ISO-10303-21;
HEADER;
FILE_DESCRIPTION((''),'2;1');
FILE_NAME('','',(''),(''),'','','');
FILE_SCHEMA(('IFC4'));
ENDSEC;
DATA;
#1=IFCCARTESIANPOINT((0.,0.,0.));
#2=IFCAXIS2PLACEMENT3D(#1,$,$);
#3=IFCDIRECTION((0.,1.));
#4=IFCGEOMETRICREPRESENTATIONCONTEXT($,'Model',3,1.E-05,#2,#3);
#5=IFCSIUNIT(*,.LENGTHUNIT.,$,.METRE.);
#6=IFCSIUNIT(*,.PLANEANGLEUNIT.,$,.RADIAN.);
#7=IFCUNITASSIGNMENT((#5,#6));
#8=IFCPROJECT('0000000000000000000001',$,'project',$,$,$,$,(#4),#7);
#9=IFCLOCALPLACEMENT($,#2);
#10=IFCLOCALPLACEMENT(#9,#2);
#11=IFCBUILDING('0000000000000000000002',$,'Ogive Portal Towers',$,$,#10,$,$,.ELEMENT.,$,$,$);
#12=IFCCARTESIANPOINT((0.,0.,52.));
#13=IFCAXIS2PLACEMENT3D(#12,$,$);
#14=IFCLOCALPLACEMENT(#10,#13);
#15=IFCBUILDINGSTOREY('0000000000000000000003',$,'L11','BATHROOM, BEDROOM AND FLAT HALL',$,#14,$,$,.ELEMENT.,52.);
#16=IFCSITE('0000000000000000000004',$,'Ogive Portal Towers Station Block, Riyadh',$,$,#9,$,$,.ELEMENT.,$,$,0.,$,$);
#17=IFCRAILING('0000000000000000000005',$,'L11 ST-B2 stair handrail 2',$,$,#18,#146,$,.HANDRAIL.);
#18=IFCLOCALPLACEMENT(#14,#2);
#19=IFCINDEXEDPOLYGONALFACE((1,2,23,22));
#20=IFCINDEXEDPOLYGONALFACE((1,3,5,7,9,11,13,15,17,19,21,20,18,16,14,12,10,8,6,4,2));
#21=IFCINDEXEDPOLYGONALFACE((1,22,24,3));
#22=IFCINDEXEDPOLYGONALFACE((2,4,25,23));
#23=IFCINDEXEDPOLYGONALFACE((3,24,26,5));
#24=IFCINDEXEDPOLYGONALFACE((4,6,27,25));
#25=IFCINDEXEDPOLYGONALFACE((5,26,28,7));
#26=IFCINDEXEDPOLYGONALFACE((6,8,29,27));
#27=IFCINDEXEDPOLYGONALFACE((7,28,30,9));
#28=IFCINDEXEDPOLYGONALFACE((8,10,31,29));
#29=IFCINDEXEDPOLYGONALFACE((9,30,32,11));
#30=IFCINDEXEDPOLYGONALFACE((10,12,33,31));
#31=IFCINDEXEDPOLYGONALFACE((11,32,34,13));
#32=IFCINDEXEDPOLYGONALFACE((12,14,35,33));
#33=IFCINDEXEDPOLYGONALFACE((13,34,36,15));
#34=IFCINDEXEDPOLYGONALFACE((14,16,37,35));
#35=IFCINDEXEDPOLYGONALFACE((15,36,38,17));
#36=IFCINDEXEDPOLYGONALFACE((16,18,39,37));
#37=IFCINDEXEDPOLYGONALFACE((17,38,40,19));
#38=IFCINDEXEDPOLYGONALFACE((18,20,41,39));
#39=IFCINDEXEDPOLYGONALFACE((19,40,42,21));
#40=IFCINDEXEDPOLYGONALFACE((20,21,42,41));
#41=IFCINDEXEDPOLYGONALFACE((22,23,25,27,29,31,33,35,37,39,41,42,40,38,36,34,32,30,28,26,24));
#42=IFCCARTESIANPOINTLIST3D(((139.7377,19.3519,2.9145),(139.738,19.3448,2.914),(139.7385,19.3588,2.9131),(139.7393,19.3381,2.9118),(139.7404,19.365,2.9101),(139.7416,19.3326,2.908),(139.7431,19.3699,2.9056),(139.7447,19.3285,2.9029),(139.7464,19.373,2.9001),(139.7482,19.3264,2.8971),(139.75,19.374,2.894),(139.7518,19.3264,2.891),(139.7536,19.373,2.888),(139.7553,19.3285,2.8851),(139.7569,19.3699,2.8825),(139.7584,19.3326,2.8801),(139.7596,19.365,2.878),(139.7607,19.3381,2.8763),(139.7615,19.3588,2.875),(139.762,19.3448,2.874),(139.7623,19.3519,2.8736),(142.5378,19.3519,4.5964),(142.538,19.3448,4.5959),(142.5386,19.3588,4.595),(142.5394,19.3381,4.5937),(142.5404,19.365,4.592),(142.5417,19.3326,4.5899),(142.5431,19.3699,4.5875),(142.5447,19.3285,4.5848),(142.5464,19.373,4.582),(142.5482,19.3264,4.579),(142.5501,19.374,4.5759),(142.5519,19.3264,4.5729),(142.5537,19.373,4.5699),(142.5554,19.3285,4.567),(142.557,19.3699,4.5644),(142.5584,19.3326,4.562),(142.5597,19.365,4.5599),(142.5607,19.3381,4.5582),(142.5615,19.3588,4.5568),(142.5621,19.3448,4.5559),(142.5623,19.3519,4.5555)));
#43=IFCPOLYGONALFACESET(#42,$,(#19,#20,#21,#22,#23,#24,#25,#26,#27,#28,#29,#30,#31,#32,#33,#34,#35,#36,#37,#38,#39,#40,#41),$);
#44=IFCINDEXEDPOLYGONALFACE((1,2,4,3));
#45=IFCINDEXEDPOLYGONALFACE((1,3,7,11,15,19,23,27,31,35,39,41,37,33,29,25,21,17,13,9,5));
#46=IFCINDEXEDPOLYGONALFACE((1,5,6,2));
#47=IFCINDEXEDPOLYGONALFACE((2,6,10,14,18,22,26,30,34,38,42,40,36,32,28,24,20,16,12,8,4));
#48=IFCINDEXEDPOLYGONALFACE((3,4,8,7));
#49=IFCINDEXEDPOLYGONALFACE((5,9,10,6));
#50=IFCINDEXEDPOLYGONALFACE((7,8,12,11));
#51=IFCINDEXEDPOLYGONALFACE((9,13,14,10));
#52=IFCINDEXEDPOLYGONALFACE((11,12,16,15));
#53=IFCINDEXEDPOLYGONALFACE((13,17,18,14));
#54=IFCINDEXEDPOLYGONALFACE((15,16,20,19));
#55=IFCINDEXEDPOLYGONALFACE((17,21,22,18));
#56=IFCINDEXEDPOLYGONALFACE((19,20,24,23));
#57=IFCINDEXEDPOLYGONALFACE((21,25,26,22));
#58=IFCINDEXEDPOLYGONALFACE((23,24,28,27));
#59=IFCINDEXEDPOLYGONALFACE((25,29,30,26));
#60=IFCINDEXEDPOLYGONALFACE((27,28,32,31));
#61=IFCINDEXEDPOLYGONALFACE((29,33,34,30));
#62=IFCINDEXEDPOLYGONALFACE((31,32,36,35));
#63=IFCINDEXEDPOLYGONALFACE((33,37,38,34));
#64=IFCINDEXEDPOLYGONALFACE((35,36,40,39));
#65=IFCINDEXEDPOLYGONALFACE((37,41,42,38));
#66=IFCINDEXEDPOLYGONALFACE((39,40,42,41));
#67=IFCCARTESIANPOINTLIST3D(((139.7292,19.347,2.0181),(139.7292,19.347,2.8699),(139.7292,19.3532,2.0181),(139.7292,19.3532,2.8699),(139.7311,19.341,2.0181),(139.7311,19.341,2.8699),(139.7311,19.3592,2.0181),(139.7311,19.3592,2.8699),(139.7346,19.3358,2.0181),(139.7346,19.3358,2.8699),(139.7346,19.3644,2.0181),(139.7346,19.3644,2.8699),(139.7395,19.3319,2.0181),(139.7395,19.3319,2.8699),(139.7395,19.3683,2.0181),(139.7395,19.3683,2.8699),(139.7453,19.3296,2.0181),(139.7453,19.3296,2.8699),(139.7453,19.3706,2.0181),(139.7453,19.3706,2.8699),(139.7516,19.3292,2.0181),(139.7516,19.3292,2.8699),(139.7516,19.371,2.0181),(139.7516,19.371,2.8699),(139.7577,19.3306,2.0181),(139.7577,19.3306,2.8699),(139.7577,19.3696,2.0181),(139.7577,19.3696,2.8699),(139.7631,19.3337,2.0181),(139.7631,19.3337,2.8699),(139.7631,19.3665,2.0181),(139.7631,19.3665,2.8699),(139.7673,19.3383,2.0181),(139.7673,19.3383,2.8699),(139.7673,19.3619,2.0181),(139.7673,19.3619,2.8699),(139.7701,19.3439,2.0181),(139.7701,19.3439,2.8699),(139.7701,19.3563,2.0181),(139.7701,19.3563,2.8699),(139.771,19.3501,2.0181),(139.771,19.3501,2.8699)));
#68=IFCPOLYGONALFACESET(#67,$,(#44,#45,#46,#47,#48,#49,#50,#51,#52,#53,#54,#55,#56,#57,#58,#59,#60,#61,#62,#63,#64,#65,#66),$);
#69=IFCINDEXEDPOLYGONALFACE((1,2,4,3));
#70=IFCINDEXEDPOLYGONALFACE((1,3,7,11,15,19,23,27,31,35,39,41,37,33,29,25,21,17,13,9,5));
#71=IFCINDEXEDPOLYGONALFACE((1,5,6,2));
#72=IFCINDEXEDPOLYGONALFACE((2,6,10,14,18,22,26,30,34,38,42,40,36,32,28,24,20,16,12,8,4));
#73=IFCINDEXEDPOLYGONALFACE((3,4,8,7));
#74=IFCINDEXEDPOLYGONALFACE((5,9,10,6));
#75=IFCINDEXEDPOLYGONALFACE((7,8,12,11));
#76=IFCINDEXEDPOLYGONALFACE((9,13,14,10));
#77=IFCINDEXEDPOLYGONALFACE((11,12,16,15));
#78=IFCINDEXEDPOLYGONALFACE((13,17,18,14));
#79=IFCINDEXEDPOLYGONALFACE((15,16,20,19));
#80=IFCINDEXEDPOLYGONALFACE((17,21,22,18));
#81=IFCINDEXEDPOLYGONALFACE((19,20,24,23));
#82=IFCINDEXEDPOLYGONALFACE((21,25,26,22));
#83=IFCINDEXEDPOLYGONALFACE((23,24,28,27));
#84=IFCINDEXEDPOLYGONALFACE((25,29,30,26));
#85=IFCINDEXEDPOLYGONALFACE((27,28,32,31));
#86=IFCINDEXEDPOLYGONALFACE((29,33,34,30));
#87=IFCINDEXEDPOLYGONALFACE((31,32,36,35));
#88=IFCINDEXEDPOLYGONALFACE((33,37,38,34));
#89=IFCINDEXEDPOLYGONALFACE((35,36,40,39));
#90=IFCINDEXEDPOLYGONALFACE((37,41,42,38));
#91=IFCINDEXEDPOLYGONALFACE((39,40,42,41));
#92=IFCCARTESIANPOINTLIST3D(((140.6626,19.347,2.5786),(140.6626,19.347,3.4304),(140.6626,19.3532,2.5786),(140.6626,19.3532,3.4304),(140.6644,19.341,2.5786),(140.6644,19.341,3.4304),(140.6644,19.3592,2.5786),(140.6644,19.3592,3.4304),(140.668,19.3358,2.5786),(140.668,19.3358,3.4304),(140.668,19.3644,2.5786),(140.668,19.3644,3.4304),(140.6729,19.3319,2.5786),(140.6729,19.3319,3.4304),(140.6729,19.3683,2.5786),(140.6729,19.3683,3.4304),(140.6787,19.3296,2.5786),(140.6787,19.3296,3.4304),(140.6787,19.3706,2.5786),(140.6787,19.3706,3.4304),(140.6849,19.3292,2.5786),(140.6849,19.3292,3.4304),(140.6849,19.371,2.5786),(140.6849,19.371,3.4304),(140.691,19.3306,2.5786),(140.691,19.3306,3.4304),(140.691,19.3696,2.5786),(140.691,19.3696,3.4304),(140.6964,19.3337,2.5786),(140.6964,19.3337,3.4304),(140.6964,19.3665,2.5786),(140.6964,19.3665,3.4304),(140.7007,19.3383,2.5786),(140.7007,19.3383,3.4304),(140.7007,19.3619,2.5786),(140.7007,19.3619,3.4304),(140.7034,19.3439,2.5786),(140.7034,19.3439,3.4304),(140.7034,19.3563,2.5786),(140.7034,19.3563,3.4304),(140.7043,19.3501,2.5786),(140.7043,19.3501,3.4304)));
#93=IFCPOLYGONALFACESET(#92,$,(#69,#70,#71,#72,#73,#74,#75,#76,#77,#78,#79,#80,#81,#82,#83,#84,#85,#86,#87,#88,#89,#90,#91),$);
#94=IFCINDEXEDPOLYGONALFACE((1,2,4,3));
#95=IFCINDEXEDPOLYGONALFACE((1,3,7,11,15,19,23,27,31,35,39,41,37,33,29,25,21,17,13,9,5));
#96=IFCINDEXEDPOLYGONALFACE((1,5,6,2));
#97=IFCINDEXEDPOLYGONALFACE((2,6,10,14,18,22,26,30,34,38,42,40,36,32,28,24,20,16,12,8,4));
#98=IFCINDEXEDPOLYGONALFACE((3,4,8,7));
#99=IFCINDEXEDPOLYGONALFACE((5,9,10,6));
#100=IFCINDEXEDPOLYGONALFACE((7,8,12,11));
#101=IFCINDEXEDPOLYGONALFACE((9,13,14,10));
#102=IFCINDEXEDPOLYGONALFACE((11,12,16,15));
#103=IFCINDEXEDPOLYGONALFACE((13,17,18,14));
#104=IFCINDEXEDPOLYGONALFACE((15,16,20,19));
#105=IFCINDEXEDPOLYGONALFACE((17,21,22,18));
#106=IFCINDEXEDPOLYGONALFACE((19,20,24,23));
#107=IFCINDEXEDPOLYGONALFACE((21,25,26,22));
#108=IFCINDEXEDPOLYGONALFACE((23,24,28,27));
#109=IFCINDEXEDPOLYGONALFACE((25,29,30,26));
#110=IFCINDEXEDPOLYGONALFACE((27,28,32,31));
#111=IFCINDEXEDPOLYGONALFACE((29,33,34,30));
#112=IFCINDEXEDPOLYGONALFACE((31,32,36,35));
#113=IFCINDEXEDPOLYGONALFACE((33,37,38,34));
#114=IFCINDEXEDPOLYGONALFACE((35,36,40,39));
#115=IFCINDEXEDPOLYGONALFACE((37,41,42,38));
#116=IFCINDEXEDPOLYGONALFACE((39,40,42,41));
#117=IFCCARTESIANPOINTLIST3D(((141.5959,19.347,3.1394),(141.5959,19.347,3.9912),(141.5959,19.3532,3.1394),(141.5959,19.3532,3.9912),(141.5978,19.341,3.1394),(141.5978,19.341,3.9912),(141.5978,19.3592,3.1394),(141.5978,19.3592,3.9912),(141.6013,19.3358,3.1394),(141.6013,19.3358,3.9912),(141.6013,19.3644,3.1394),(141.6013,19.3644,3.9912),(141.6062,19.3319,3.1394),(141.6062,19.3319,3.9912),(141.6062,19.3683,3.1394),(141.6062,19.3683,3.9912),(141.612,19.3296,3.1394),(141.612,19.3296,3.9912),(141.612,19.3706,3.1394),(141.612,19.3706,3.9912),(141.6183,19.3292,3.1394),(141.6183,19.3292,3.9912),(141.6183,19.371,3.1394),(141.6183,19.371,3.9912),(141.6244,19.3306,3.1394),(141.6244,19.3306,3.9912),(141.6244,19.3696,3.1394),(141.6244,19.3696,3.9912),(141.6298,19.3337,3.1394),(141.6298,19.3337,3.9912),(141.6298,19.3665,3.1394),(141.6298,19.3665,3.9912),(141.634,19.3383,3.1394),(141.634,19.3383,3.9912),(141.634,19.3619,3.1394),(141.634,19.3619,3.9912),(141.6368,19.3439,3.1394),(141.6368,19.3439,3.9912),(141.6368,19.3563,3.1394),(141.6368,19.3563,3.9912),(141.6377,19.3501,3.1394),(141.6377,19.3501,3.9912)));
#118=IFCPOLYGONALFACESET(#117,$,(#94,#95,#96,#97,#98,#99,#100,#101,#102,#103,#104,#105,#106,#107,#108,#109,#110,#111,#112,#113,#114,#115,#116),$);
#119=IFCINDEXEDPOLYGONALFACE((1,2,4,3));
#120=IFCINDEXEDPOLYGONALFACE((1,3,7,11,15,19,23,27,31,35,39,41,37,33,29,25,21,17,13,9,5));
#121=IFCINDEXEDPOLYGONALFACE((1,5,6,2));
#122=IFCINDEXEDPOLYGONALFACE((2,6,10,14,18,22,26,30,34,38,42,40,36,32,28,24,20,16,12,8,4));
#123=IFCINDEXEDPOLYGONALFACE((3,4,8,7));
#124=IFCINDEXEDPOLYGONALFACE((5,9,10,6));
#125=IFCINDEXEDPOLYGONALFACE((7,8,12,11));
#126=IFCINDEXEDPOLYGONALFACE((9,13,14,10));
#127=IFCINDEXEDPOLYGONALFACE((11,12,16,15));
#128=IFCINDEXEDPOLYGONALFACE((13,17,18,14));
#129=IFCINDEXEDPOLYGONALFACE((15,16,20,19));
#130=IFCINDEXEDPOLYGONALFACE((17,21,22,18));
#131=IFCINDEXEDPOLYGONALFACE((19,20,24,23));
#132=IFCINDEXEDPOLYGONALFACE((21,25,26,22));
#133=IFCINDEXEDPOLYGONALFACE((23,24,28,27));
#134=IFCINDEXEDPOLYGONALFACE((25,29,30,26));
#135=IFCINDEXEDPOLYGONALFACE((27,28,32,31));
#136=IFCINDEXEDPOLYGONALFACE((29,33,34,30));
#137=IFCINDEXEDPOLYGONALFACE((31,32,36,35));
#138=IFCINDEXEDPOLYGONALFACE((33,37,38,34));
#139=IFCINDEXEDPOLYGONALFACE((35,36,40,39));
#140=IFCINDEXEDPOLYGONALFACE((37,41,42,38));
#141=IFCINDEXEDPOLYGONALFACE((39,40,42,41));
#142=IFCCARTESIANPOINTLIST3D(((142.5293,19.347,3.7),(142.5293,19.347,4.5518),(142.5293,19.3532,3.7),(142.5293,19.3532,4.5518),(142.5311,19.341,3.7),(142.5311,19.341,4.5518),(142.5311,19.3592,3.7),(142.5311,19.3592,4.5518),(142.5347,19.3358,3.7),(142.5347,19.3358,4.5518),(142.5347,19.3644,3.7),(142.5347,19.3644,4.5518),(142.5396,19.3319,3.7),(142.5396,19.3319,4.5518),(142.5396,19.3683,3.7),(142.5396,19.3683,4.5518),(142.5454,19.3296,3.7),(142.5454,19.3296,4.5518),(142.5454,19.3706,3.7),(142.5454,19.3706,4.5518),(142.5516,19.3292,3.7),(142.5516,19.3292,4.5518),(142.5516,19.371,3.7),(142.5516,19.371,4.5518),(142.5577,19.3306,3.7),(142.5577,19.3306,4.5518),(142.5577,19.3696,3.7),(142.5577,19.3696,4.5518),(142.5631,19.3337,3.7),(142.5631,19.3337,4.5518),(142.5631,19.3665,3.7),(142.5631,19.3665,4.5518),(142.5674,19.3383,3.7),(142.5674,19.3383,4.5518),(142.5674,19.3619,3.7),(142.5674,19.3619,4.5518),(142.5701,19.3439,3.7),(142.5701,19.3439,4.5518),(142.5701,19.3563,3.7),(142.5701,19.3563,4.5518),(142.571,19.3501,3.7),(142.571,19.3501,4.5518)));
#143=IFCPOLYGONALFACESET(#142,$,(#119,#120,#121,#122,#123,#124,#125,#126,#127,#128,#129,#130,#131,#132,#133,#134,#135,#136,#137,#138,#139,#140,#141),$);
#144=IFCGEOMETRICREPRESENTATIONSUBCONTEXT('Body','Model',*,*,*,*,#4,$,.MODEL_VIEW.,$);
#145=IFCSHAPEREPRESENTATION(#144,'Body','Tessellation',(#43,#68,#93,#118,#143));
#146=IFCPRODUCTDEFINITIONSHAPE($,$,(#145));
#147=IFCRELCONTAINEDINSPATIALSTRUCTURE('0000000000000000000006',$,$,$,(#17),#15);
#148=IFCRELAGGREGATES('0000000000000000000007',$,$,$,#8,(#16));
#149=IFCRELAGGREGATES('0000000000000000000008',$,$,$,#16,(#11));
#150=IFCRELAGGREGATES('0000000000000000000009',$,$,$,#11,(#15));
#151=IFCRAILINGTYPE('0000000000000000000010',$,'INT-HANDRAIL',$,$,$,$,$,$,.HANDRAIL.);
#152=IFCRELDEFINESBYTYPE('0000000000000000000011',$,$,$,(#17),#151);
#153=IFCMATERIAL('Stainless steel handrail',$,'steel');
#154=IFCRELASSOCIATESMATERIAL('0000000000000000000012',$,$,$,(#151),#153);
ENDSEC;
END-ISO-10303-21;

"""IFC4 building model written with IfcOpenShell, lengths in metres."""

from ifc_helpers import new_model, si_unit, direction, frame, origin, origin_2d, place, context, subcontext, project, spatial, circle, extrude, material, type_object, element, save


model = new_model("IFC4")

# Units and contexts
model_context = context("Model", 3, precision=1e-05, world=origin(), true_north=direction((0.0, 1.0)))
body_context = subcontext(model_context, "Body", "Model", "MODEL_VIEW")
ifc_project = project(units=[si_unit("LENGTHUNIT", "METRE"), si_unit("PLANEANGLEUNIT", "RADIAN")], contexts=[model_context])

# Site, building, storey
site_placement = place(None, origin())
site = spatial("IfcSite", under=ifc_project, at=site_placement, Name="Ogive Portal Towers Station Block, Riyadh", CompositionType="ELEMENT", RefElevation=0.0)
building_placement = place(site_placement, origin())
building = spatial("IfcBuilding", under=site, at=building_placement, Name="Ogive Portal Towers", CompositionType="ELEMENT")
storey_placement = place(building_placement, frame((0.0, 0.0, 52.0)))
storey = spatial("IfcBuildingStorey", under=building, at=storey_placement, Name="L11", Description="BATHROOM, BEDROOM AND FLAT HALL", CompositionType="ELEMENT", Elevation=52.0)

# Railing
ifc_material_1 = material(Name="Stainless steel handrail", Category="steel")
railing_type_1 = type_object("IfcRailingType", Name="INT-HANDRAIL", PredefinedType="HANDRAIL", material=ifc_material_1)
railing_1_placement = place(storey_placement, frame((139.75, 19.3501, 2.0181)))
element("IfcRailing", 1, at=railing_1_placement, inside=storey, type_object=railing_type_1, Name="L11 ST-B2 stair handrail 2", PredefinedType="HANDRAIL", context=body_context, shape_type="SweptSolid", body=[
    extrude(circle(Radius=0.0239, at=origin_2d()), frame((0.0, 0.0, 0.876), z_axis=(0.857242, 0.0, 0.514913), x_axis=(0.0, 1.0, 0.0)), (0.0, 0.0, 1.0), 3.2664),
    extrude(circle(Radius=0.021, at=origin_2d()), origin(), (0.0, 0.0, 1.0), 0.8518),
    extrude(circle(Radius=0.021, at=origin_2d()), frame((0.9333, 0.0, 0.5605)), (0.0, 0.0, 1.0), 0.8518),
    extrude(circle(Radius=0.021, at=origin_2d()), frame((1.8667, 0.0, 1.1213)), (0.0, 0.0, 1.0), 0.8518),
    extrude(circle(Radius=0.021, at=origin_2d()), frame((2.8, 0.0, 1.6819)), (0.0, 0.0, 1.0), 0.8518),
])

save(model, "model.ifc")
